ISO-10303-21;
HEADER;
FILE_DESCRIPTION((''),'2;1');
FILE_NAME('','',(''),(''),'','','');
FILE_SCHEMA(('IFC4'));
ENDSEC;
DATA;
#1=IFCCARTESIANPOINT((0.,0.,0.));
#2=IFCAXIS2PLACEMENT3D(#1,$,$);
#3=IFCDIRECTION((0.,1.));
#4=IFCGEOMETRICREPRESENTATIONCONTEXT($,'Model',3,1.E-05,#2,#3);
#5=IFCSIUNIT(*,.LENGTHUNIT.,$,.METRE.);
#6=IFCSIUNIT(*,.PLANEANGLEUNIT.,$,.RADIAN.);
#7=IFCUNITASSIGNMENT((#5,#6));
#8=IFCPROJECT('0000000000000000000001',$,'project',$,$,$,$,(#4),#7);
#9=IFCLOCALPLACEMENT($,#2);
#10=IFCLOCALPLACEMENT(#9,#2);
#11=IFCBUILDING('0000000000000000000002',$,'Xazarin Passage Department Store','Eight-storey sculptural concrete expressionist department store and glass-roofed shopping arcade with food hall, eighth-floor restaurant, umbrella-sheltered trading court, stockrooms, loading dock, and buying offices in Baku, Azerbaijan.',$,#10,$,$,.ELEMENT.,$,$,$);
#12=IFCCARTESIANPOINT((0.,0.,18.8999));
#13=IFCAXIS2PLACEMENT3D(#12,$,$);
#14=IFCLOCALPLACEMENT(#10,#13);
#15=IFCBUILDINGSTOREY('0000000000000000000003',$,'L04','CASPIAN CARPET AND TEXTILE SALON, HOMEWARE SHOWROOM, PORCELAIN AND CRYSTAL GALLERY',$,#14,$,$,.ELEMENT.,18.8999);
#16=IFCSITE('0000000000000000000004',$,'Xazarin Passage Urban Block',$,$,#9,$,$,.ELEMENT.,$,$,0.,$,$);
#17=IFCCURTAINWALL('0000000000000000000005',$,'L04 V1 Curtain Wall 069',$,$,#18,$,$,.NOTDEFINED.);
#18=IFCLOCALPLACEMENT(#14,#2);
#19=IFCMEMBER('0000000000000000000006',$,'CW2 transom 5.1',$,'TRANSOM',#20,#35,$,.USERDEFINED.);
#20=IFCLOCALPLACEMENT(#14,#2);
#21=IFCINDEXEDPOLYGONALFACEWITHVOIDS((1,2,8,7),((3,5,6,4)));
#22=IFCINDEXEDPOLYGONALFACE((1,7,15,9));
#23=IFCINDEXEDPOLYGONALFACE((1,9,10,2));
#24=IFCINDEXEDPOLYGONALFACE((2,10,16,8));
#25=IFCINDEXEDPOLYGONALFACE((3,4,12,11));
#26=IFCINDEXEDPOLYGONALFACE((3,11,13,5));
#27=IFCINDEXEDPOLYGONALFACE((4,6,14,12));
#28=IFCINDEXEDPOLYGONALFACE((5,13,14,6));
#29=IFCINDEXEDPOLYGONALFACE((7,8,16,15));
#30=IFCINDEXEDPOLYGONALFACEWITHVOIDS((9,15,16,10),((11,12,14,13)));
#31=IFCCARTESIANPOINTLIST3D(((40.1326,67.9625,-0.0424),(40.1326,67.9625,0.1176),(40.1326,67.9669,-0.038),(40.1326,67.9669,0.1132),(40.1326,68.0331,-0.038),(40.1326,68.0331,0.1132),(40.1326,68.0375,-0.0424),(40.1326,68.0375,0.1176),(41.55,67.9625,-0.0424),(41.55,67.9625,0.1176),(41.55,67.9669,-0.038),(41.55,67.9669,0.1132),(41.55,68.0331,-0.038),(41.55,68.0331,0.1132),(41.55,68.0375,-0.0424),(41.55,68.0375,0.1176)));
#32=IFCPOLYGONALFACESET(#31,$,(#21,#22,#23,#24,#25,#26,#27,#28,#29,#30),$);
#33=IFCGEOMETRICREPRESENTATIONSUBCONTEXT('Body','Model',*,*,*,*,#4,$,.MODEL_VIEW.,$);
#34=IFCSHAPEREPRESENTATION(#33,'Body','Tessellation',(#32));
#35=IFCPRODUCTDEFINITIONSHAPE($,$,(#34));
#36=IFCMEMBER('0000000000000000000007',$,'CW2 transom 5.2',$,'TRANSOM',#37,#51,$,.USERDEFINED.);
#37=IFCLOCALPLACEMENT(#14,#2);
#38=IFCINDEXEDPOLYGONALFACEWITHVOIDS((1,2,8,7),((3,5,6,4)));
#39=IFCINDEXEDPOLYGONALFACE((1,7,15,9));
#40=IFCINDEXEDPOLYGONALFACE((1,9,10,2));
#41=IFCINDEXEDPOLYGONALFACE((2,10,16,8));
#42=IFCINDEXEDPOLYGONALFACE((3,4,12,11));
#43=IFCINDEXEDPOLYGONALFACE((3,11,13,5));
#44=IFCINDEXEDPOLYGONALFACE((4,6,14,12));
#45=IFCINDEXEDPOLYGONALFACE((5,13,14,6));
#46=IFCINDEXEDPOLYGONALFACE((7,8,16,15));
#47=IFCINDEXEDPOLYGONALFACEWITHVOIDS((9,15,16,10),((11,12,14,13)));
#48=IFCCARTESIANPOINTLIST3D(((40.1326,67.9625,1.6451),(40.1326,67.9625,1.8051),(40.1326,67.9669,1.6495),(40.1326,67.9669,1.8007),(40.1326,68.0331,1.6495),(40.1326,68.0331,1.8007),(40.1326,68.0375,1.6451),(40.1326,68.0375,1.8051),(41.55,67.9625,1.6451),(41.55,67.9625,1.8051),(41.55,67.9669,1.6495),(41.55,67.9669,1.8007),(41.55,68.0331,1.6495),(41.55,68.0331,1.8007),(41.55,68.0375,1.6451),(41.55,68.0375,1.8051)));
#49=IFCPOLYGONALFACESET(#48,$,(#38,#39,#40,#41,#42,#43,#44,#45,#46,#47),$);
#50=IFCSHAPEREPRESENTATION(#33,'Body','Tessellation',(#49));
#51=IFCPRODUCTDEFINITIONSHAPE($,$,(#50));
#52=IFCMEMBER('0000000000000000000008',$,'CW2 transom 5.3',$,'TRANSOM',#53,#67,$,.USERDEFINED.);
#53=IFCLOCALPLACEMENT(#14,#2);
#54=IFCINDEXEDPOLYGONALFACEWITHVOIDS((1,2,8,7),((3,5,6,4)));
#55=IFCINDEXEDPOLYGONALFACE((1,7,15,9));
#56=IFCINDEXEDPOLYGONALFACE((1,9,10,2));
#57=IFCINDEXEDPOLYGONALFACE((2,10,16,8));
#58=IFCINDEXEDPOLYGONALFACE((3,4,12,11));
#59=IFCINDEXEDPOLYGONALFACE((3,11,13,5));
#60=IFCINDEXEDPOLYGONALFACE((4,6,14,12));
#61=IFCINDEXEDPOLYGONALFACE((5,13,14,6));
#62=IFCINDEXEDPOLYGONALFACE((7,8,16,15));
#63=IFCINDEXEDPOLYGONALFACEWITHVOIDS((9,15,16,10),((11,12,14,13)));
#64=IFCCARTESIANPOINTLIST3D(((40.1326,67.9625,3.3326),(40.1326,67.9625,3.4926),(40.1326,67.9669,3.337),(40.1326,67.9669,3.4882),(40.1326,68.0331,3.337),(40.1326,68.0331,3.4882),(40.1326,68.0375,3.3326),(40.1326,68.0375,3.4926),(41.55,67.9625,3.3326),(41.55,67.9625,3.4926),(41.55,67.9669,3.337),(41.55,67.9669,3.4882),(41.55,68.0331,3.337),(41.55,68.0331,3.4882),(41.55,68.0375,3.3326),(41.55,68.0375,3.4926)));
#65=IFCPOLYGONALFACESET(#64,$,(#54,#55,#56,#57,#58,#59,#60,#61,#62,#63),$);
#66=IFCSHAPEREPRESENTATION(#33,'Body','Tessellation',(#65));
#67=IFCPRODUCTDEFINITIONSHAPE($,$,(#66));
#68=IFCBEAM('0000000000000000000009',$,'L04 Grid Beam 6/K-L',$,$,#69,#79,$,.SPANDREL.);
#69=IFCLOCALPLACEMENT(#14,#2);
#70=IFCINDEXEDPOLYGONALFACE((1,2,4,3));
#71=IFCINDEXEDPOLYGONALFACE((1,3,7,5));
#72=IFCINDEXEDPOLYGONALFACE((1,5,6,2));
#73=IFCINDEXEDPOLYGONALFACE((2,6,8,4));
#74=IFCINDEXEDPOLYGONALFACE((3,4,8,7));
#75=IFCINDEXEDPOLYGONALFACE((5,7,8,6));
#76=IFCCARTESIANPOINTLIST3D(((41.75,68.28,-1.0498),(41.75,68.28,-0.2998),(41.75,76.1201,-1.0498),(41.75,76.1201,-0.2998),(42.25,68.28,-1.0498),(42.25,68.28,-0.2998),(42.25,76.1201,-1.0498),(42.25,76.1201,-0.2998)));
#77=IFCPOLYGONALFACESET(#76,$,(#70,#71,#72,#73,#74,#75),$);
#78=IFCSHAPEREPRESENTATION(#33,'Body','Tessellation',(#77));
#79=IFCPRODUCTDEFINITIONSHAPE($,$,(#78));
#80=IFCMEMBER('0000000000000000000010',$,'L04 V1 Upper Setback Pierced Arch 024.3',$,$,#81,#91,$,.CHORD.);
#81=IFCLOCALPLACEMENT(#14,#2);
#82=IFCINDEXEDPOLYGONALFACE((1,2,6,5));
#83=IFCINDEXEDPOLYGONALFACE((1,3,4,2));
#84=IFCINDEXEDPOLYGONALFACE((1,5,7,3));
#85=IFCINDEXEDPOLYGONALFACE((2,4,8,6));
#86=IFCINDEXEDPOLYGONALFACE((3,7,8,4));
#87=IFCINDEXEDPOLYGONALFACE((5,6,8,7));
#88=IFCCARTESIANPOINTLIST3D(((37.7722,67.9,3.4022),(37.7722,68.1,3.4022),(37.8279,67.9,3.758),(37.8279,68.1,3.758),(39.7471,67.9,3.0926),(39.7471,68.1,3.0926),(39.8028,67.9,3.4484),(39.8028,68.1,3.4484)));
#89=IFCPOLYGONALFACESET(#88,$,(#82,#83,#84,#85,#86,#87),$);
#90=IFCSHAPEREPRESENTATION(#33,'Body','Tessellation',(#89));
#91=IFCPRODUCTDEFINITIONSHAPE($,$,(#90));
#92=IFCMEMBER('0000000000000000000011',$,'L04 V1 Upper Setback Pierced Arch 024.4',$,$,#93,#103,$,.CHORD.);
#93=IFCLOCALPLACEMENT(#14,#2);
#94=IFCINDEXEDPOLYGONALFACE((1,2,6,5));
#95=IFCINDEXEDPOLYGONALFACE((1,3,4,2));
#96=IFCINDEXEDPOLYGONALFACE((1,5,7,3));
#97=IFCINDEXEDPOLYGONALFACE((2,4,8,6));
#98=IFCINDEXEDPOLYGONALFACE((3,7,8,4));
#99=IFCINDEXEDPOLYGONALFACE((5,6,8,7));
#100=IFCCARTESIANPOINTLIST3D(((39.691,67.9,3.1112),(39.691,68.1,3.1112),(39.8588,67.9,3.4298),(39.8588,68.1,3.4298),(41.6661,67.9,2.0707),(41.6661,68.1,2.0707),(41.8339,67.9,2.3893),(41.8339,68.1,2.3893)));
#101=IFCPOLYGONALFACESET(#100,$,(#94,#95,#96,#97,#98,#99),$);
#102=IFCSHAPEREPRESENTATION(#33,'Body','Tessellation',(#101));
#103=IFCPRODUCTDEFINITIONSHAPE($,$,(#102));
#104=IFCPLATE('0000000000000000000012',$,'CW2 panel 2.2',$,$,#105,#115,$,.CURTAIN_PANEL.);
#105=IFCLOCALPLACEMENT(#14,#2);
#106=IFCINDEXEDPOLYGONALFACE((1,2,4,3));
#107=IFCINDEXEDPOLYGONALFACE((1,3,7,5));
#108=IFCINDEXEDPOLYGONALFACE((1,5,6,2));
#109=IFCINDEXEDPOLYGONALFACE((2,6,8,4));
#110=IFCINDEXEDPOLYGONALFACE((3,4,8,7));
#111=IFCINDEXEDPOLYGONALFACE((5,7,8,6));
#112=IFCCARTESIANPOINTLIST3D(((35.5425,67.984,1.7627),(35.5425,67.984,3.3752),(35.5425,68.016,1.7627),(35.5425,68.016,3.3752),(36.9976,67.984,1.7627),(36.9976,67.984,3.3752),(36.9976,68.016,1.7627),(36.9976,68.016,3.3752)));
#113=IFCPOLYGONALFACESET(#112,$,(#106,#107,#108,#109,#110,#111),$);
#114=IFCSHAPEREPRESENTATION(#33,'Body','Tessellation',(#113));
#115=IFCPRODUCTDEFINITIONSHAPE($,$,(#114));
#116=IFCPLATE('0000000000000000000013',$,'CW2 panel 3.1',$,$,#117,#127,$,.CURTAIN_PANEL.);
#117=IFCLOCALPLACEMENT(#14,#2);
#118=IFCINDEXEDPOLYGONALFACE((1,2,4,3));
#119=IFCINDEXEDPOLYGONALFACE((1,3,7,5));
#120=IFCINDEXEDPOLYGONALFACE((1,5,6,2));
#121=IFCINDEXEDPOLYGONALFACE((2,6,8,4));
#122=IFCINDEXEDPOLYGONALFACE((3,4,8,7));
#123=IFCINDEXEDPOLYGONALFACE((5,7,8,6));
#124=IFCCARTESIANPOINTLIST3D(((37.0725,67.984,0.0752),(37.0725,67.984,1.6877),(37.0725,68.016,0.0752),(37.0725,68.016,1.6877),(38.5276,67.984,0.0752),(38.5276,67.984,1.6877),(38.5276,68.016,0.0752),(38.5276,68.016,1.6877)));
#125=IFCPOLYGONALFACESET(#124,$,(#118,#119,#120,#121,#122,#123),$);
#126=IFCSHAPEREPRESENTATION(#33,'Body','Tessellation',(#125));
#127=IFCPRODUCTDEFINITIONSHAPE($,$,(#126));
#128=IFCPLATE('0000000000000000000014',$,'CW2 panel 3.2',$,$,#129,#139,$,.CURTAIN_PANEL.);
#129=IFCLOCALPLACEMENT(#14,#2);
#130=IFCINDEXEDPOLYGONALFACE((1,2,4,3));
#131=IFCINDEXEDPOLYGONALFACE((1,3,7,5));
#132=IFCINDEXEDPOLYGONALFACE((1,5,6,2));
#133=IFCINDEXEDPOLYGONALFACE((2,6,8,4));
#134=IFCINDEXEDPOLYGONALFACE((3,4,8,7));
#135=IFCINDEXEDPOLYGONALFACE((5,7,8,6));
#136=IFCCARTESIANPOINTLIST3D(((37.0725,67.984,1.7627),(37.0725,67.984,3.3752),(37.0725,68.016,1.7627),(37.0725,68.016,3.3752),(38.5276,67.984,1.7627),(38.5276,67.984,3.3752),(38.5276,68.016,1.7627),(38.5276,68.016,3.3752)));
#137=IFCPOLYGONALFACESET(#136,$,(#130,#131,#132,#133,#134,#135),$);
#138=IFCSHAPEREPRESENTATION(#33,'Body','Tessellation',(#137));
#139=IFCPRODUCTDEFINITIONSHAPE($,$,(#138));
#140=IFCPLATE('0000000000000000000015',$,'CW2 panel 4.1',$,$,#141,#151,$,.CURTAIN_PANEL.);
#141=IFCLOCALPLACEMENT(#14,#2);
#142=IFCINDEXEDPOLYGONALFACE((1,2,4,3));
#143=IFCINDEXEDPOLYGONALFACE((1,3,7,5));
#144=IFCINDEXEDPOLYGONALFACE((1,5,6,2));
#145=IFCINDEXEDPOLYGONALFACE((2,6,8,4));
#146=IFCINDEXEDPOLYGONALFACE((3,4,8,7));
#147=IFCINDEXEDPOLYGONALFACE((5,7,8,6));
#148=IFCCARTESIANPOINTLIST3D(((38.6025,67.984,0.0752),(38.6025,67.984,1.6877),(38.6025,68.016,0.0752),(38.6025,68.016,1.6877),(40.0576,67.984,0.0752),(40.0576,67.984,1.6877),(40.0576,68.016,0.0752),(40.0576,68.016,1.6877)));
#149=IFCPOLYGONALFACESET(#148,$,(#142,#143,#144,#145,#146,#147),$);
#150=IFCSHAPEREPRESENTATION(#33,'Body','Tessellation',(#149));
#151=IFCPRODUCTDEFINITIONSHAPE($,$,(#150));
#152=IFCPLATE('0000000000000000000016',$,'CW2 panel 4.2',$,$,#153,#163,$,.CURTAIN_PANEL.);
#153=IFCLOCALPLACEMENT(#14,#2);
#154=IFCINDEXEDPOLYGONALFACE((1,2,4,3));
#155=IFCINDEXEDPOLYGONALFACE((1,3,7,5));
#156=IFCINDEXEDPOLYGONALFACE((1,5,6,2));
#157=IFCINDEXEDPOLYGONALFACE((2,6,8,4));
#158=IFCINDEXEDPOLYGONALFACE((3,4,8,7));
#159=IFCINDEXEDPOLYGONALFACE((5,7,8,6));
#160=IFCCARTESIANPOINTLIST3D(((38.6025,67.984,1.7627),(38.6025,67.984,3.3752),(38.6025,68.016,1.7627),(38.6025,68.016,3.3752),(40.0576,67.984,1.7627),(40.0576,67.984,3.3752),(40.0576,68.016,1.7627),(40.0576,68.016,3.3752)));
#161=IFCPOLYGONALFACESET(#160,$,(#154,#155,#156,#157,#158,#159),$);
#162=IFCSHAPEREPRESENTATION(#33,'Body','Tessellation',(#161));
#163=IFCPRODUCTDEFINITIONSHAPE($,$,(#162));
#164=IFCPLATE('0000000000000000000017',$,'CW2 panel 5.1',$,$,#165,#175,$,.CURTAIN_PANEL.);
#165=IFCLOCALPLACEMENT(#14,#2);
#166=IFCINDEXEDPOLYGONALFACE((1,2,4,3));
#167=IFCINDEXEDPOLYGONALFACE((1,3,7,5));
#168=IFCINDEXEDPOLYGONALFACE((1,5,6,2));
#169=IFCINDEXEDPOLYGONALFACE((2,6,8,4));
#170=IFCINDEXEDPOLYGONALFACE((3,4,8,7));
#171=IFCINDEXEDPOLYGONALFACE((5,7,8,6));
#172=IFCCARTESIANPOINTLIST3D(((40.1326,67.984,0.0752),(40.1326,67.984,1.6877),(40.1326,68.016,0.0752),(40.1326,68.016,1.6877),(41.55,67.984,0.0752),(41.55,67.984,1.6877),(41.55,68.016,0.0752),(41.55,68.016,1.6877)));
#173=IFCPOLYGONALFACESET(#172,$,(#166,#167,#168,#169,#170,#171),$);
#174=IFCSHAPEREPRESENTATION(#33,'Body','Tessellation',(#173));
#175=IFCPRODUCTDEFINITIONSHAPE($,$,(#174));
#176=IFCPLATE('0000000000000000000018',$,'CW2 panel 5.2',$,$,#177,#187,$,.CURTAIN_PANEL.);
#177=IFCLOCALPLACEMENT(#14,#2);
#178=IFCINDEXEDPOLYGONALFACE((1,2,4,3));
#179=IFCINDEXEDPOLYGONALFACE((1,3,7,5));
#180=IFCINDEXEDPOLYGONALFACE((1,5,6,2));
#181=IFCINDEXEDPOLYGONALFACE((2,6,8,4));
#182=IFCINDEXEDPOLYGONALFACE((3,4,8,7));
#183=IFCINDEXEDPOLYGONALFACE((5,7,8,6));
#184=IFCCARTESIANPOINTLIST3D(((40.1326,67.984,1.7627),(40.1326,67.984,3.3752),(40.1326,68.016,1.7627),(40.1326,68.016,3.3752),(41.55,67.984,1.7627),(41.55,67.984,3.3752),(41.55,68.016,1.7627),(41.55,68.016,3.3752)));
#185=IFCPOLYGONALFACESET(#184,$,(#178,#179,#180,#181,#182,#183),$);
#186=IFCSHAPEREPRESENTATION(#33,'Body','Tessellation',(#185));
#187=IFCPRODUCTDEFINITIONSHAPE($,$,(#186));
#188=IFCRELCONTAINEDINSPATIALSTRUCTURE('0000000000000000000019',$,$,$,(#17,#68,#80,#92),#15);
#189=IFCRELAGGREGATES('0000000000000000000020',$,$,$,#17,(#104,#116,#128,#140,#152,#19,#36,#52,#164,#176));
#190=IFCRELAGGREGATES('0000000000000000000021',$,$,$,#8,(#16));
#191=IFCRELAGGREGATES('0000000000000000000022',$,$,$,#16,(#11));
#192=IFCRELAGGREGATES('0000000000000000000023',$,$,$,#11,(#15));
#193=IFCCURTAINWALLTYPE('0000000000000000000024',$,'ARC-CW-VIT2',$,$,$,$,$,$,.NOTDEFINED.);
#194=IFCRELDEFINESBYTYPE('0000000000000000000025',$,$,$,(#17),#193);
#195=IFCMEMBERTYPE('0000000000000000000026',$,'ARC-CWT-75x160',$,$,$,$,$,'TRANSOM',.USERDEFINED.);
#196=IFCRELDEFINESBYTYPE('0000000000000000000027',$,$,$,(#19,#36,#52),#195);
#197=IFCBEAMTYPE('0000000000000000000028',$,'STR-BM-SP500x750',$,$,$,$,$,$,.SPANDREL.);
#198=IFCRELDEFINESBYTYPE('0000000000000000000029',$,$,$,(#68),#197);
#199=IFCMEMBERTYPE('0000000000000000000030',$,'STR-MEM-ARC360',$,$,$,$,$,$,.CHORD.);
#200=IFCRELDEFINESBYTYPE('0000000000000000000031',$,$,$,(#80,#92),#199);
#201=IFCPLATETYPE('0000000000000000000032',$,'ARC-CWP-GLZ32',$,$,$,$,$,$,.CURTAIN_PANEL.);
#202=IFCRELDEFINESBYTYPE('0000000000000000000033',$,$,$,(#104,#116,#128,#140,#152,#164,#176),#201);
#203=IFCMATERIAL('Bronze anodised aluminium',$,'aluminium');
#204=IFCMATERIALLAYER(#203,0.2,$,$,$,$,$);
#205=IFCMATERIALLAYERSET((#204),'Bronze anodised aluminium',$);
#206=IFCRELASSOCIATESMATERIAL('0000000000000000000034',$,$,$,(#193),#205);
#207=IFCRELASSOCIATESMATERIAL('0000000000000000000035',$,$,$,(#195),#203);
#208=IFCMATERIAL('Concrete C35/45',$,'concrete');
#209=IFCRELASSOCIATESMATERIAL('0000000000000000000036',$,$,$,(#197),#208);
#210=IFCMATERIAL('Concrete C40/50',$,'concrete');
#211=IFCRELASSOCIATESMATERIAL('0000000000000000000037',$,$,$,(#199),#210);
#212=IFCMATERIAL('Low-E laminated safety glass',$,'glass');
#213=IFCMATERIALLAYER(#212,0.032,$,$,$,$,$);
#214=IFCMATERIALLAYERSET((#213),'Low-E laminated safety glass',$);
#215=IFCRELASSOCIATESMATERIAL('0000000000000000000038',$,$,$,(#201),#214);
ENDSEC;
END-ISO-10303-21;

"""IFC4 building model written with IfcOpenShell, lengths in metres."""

from ifc_helpers import new_model, si_unit, direction, frame, origin, origin_2d, place, context, subcontext, project, spatial, rectangle, hollow_rectangle, extrude, material, layer, layer_set, material_profile, profile_set, type_object, element, aggregate, save


model = new_model("IFC4")

# Units and contexts
model_context = context("Model", 3, precision=1e-05, world=origin(), true_north=direction((0.0, 1.0)))
body_context = subcontext(model_context, "Body", "Model", "MODEL_VIEW")
ifc_project = project(units=[si_unit("LENGTHUNIT", "METRE"), si_unit("PLANEANGLEUNIT", "RADIAN")], contexts=[model_context])

# Site, building, storey
site_placement = place(None, origin())
site = spatial("IfcSite", under=ifc_project, at=site_placement, Name="Xazarin Passage Urban Block", CompositionType="ELEMENT", RefElevation=0.0)
building_placement = place(site_placement, origin())
building = spatial("IfcBuilding", under=site, at=building_placement, Name="Xazarin Passage Department Store", Description="Eight-storey sculptural concrete expressionist department store and glass-roofed shopping arcade with food hall, eighth-floor restaurant, umbrella-sheltered trading court, stockrooms, loading dock, and buying offices in Baku, Azerbaijan.", CompositionType="ELEMENT")
storey_placement = place(building_placement, frame((0.0, 0.0, 18.8999)))
storey = spatial("IfcBuildingStorey", under=building, at=storey_placement, Name="L04", Description="CASPIAN CARPET AND TEXTILE SALON, HOMEWARE SHOWROOM, PORCELAIN AND CRYSTAL GALLERY", CompositionType="ELEMENT", Elevation=18.8999)

# Shared definitions
ifc_material_1 = material(Name="Concrete C40/50", Category="concrete")

# Curtain wall, members
ifc_material_2 = material(Name="Bronze anodised aluminium", Category="aluminium")
ifc_layer_1 = layer(ifc_material_2, 0.2)
ifc_layer_set_1 = layer_set([ifc_layer_1], Name="Bronze anodised aluminium")
curtain_wall_type = type_object("IfcCurtainWallType", Name="ARC-CW-VIT2", PredefinedType="NOTDEFINED", material=ifc_layer_set_1)
curtain_wall_placement = place(storey_placement, origin())
curtain_wall = element("IfcCurtainWall", 1, at=curtain_wall_placement, inside=storey, type_object=curtain_wall_type, Name="L04 V1 Curtain Wall 069", PredefinedType="NOTDEFINED")
ifc_material_profile_1 = material_profile(ifc_material_2, hollow_rectangle(XDim=0.075, YDim=0.1599, WallThickness=0.0044, at=origin_2d()), Name="ALU 75x160")
ifc_profile_set_1 = profile_set([ifc_material_profile_1], Name="Bronze anodised aluminium")
member_type_1 = type_object("IfcMemberType", Name="ARC-CWT-75x160", ElementType="TRANSOM", PredefinedType="USERDEFINED", material=ifc_profile_set_1)
member_1_placement = place(storey_placement, frame((40.1326, 68.0, 0.0376), z_axis=(1.0, 0.0, 0.0), x_axis=(0.0, 1.0, 0.0)))
member_1 = element("IfcMember", 2, at=member_1_placement, type_object=member_type_1, Name="CW2 transom 5.1", ObjectType="TRANSOM", PredefinedType="USERDEFINED", context=body_context, shape_type="SweptSolid", body=[
    extrude(hollow_rectangle(XDim=0.075, YDim=0.1599, WallThickness=0.0044, at=origin_2d()), origin(), (0.0, 0.0, 1.0), 1.4175),
])
member_2_placement = place(storey_placement, frame((40.1326, 68.0, 1.7251), z_axis=(1.0, 0.0, 0.0), x_axis=(0.0, 1.0, 0.0)))
member_2 = element("IfcMember", 3, at=member_2_placement, type_object=member_type_1, Name="CW2 transom 5.2", ObjectType="TRANSOM", PredefinedType="USERDEFINED", context=body_context, shape_type="SweptSolid", body=[
    extrude(hollow_rectangle(XDim=0.075, YDim=0.1599, WallThickness=0.0044, at=origin_2d()), origin(), (0.0, 0.0, 1.0), 1.4175),
])
member_3_placement = place(storey_placement, frame((40.1326, 68.0, 3.4126), z_axis=(1.0, 0.0, 0.0), x_axis=(0.0, 1.0, 0.0)))
member_3 = element("IfcMember", 4, at=member_3_placement, type_object=member_type_1, Name="CW2 transom 5.3", ObjectType="TRANSOM", PredefinedType="USERDEFINED", context=body_context, shape_type="SweptSolid", body=[
    extrude(hollow_rectangle(XDim=0.075, YDim=0.1599, WallThickness=0.0044, at=origin_2d()), origin(), (0.0, 0.0, 1.0), 1.4175),
])

# Beam
ifc_material_3 = material(Name="Concrete C35/45", Category="concrete")
ifc_material_profile_2 = material_profile(ifc_material_3, rectangle(XDim=0.5, YDim=0.75, at=origin_2d()), Name="RC 500x750")
ifc_profile_set_2 = profile_set([ifc_material_profile_2], Name="Concrete C35/45")
beam_type = type_object("IfcBeamType", Name="STR-BM-SP500x750", PredefinedType="SPANDREL", material=ifc_profile_set_2)
beam_placement = place(storey_placement, frame((42.0, 68.28, -0.6748), z_axis=(0.0, 1.0, 0.0), x_axis=(-1.0, 0.0, 0.0)))
element("IfcBeam", 5, at=beam_placement, inside=storey, type_object=beam_type, Name="L04 Grid Beam 6/K-L", PredefinedType="SPANDREL", context=body_context, shape_type="SweptSolid", body=[
    extrude(rectangle(XDim=0.5, YDim=0.75, at=origin_2d()), origin(), (0.0, 0.0, 1.0), 7.8401),
])

# Members
ifc_material_profile_3 = material_profile(ifc_material_1, rectangle(XDim=0.2, YDim=0.3601, at=origin_2d()), Name="RC 200x360")
ifc_profile_set_3 = profile_set([ifc_material_profile_3], Name="Concrete C40/50")
member_type_2 = type_object("IfcMemberType", Name="STR-MEM-ARC360", PredefinedType="CHORD", material=ifc_profile_set_3)
member_4_placement = place(storey_placement, frame((37.8, 68.0, 3.5801), z_axis=(0.987936, 0.0, -0.154865), x_axis=(0.0, 1.0, 0.0)))
element("IfcMember", 6, at=member_4_placement, inside=storey, type_object=member_type_2, Name="L04 V1 Upper Setback Pierced Arch 024.3", PredefinedType="CHORD", context=body_context, shape_type="SweptSolid", body=[
    extrude(rectangle(XDim=0.2, YDim=0.3601, at=origin_2d()), origin(), (0.0, 0.0, 1.0), 1.999),
])
member_5_placement = place(storey_placement, frame((39.7749, 68.0, 3.2705), z_axis=(0.884733, 0.0, -0.466098), x_axis=(0.0, 1.0, 0.0)))
element("IfcMember", 7, at=member_5_placement, inside=storey, type_object=member_type_2, Name="L04 V1 Upper Setback Pierced Arch 024.4", PredefinedType="CHORD", context=body_context, shape_type="SweptSolid", body=[
    extrude(rectangle(XDim=0.2, YDim=0.3601, at=origin_2d()), origin(), (0.0, 0.0, 1.0), 2.2324),
])

# Plates
ifc_material_4 = material(Name="Low-E laminated safety glass", Category="glass")
ifc_layer_2 = layer(ifc_material_4, 0.032)
ifc_layer_set_2 = layer_set([ifc_layer_2], Name="Low-E laminated safety glass")
plate_type = type_object("IfcPlateType", Name="ARC-CWP-GLZ32", PredefinedType="CURTAIN_PANEL", material=ifc_layer_set_2)
plate_1_placement = place(storey_placement, frame((36.27, 68.0, 1.7627), z_axis=(0.0, 0.0, 1.0), x_axis=(1.0, 0.0, 0.0)))
plate_1 = element("IfcPlate", 8, at=plate_1_placement, type_object=plate_type, Name="CW2 panel 2.2", PredefinedType="CURTAIN_PANEL", context=body_context, shape_type="SweptSolid", body=[
    extrude(rectangle(XDim=1.4551, YDim=0.032, at=origin_2d()), origin(), (0.0, 0.0, 1.0), 1.6125),
])
plate_2_placement = place(storey_placement, frame((37.8, 68.0, 0.0752), z_axis=(0.0, 0.0, 1.0), x_axis=(1.0, 0.0, 0.0)))
plate_2 = element("IfcPlate", 9, at=plate_2_placement, type_object=plate_type, Name="CW2 panel 3.1", PredefinedType="CURTAIN_PANEL", context=body_context, shape_type="SweptSolid", body=[
    extrude(rectangle(XDim=1.4551, YDim=0.032, at=origin_2d()), origin(), (0.0, 0.0, 1.0), 1.6125),
])
plate_3_placement = place(storey_placement, frame((37.8, 68.0, 1.7627), z_axis=(0.0, 0.0, 1.0), x_axis=(1.0, 0.0, 0.0)))
plate_3 = element("IfcPlate", 10, at=plate_3_placement, type_object=plate_type, Name="CW2 panel 3.2", PredefinedType="CURTAIN_PANEL", context=body_context, shape_type="SweptSolid", body=[
    extrude(rectangle(XDim=1.4551, YDim=0.032, at=origin_2d()), origin(), (0.0, 0.0, 1.0), 1.6125),
])
plate_4_placement = place(storey_placement, frame((39.3301, 68.0, 0.0752), z_axis=(0.0, 0.0, 1.0), x_axis=(1.0, 0.0, 0.0)))
plate_4 = element("IfcPlate", 11, at=plate_4_placement, type_object=plate_type, Name="CW2 panel 4.1", PredefinedType="CURTAIN_PANEL", context=body_context, shape_type="SweptSolid", body=[
    extrude(rectangle(XDim=1.4551, YDim=0.032, at=origin_2d()), origin(), (0.0, 0.0, 1.0), 1.6125),
])
plate_5_placement = place(storey_placement, frame((39.3301, 68.0, 1.7627), z_axis=(0.0, 0.0, 1.0), x_axis=(1.0, 0.0, 0.0)))
plate_5 = element("IfcPlate", 12, at=plate_5_placement, type_object=plate_type, Name="CW2 panel 4.2", PredefinedType="CURTAIN_PANEL", context=body_context, shape_type="SweptSolid", body=[
    extrude(rectangle(XDim=1.4551, YDim=0.032, at=origin_2d()), origin(), (0.0, 0.0, 1.0), 1.6125),
])
plate_6_placement = place(storey_placement, frame((40.8413, 68.0, 0.0752), z_axis=(0.0, 0.0, 1.0), x_axis=(1.0, 0.0, 0.0)))
plate_6 = element("IfcPlate", 13, at=plate_6_placement, type_object=plate_type, Name="CW2 panel 5.1", PredefinedType="CURTAIN_PANEL", context=body_context, shape_type="SweptSolid", body=[
    extrude(rectangle(XDim=1.4175, YDim=0.032, at=origin_2d()), origin(), (0.0, 0.0, 1.0), 1.6125),
])
plate_7_placement = place(storey_placement, frame((40.8413, 68.0, 1.7627), z_axis=(0.0, 0.0, 1.0), x_axis=(1.0, 0.0, 0.0)))
plate_7 = element("IfcPlate", 14, at=plate_7_placement, type_object=plate_type, Name="CW2 panel 5.2", PredefinedType="CURTAIN_PANEL", context=body_context, shape_type="SweptSolid", body=[
    extrude(rectangle(XDim=1.4175, YDim=0.032, at=origin_2d()), origin(), (0.0, 0.0, 1.0), 1.6125),
])
aggregate(curtain_wall, [plate_1, plate_2, plate_3, plate_4, plate_5, member_1, member_2, member_3, plate_6, plate_7])

save(model, "model.ifc")
